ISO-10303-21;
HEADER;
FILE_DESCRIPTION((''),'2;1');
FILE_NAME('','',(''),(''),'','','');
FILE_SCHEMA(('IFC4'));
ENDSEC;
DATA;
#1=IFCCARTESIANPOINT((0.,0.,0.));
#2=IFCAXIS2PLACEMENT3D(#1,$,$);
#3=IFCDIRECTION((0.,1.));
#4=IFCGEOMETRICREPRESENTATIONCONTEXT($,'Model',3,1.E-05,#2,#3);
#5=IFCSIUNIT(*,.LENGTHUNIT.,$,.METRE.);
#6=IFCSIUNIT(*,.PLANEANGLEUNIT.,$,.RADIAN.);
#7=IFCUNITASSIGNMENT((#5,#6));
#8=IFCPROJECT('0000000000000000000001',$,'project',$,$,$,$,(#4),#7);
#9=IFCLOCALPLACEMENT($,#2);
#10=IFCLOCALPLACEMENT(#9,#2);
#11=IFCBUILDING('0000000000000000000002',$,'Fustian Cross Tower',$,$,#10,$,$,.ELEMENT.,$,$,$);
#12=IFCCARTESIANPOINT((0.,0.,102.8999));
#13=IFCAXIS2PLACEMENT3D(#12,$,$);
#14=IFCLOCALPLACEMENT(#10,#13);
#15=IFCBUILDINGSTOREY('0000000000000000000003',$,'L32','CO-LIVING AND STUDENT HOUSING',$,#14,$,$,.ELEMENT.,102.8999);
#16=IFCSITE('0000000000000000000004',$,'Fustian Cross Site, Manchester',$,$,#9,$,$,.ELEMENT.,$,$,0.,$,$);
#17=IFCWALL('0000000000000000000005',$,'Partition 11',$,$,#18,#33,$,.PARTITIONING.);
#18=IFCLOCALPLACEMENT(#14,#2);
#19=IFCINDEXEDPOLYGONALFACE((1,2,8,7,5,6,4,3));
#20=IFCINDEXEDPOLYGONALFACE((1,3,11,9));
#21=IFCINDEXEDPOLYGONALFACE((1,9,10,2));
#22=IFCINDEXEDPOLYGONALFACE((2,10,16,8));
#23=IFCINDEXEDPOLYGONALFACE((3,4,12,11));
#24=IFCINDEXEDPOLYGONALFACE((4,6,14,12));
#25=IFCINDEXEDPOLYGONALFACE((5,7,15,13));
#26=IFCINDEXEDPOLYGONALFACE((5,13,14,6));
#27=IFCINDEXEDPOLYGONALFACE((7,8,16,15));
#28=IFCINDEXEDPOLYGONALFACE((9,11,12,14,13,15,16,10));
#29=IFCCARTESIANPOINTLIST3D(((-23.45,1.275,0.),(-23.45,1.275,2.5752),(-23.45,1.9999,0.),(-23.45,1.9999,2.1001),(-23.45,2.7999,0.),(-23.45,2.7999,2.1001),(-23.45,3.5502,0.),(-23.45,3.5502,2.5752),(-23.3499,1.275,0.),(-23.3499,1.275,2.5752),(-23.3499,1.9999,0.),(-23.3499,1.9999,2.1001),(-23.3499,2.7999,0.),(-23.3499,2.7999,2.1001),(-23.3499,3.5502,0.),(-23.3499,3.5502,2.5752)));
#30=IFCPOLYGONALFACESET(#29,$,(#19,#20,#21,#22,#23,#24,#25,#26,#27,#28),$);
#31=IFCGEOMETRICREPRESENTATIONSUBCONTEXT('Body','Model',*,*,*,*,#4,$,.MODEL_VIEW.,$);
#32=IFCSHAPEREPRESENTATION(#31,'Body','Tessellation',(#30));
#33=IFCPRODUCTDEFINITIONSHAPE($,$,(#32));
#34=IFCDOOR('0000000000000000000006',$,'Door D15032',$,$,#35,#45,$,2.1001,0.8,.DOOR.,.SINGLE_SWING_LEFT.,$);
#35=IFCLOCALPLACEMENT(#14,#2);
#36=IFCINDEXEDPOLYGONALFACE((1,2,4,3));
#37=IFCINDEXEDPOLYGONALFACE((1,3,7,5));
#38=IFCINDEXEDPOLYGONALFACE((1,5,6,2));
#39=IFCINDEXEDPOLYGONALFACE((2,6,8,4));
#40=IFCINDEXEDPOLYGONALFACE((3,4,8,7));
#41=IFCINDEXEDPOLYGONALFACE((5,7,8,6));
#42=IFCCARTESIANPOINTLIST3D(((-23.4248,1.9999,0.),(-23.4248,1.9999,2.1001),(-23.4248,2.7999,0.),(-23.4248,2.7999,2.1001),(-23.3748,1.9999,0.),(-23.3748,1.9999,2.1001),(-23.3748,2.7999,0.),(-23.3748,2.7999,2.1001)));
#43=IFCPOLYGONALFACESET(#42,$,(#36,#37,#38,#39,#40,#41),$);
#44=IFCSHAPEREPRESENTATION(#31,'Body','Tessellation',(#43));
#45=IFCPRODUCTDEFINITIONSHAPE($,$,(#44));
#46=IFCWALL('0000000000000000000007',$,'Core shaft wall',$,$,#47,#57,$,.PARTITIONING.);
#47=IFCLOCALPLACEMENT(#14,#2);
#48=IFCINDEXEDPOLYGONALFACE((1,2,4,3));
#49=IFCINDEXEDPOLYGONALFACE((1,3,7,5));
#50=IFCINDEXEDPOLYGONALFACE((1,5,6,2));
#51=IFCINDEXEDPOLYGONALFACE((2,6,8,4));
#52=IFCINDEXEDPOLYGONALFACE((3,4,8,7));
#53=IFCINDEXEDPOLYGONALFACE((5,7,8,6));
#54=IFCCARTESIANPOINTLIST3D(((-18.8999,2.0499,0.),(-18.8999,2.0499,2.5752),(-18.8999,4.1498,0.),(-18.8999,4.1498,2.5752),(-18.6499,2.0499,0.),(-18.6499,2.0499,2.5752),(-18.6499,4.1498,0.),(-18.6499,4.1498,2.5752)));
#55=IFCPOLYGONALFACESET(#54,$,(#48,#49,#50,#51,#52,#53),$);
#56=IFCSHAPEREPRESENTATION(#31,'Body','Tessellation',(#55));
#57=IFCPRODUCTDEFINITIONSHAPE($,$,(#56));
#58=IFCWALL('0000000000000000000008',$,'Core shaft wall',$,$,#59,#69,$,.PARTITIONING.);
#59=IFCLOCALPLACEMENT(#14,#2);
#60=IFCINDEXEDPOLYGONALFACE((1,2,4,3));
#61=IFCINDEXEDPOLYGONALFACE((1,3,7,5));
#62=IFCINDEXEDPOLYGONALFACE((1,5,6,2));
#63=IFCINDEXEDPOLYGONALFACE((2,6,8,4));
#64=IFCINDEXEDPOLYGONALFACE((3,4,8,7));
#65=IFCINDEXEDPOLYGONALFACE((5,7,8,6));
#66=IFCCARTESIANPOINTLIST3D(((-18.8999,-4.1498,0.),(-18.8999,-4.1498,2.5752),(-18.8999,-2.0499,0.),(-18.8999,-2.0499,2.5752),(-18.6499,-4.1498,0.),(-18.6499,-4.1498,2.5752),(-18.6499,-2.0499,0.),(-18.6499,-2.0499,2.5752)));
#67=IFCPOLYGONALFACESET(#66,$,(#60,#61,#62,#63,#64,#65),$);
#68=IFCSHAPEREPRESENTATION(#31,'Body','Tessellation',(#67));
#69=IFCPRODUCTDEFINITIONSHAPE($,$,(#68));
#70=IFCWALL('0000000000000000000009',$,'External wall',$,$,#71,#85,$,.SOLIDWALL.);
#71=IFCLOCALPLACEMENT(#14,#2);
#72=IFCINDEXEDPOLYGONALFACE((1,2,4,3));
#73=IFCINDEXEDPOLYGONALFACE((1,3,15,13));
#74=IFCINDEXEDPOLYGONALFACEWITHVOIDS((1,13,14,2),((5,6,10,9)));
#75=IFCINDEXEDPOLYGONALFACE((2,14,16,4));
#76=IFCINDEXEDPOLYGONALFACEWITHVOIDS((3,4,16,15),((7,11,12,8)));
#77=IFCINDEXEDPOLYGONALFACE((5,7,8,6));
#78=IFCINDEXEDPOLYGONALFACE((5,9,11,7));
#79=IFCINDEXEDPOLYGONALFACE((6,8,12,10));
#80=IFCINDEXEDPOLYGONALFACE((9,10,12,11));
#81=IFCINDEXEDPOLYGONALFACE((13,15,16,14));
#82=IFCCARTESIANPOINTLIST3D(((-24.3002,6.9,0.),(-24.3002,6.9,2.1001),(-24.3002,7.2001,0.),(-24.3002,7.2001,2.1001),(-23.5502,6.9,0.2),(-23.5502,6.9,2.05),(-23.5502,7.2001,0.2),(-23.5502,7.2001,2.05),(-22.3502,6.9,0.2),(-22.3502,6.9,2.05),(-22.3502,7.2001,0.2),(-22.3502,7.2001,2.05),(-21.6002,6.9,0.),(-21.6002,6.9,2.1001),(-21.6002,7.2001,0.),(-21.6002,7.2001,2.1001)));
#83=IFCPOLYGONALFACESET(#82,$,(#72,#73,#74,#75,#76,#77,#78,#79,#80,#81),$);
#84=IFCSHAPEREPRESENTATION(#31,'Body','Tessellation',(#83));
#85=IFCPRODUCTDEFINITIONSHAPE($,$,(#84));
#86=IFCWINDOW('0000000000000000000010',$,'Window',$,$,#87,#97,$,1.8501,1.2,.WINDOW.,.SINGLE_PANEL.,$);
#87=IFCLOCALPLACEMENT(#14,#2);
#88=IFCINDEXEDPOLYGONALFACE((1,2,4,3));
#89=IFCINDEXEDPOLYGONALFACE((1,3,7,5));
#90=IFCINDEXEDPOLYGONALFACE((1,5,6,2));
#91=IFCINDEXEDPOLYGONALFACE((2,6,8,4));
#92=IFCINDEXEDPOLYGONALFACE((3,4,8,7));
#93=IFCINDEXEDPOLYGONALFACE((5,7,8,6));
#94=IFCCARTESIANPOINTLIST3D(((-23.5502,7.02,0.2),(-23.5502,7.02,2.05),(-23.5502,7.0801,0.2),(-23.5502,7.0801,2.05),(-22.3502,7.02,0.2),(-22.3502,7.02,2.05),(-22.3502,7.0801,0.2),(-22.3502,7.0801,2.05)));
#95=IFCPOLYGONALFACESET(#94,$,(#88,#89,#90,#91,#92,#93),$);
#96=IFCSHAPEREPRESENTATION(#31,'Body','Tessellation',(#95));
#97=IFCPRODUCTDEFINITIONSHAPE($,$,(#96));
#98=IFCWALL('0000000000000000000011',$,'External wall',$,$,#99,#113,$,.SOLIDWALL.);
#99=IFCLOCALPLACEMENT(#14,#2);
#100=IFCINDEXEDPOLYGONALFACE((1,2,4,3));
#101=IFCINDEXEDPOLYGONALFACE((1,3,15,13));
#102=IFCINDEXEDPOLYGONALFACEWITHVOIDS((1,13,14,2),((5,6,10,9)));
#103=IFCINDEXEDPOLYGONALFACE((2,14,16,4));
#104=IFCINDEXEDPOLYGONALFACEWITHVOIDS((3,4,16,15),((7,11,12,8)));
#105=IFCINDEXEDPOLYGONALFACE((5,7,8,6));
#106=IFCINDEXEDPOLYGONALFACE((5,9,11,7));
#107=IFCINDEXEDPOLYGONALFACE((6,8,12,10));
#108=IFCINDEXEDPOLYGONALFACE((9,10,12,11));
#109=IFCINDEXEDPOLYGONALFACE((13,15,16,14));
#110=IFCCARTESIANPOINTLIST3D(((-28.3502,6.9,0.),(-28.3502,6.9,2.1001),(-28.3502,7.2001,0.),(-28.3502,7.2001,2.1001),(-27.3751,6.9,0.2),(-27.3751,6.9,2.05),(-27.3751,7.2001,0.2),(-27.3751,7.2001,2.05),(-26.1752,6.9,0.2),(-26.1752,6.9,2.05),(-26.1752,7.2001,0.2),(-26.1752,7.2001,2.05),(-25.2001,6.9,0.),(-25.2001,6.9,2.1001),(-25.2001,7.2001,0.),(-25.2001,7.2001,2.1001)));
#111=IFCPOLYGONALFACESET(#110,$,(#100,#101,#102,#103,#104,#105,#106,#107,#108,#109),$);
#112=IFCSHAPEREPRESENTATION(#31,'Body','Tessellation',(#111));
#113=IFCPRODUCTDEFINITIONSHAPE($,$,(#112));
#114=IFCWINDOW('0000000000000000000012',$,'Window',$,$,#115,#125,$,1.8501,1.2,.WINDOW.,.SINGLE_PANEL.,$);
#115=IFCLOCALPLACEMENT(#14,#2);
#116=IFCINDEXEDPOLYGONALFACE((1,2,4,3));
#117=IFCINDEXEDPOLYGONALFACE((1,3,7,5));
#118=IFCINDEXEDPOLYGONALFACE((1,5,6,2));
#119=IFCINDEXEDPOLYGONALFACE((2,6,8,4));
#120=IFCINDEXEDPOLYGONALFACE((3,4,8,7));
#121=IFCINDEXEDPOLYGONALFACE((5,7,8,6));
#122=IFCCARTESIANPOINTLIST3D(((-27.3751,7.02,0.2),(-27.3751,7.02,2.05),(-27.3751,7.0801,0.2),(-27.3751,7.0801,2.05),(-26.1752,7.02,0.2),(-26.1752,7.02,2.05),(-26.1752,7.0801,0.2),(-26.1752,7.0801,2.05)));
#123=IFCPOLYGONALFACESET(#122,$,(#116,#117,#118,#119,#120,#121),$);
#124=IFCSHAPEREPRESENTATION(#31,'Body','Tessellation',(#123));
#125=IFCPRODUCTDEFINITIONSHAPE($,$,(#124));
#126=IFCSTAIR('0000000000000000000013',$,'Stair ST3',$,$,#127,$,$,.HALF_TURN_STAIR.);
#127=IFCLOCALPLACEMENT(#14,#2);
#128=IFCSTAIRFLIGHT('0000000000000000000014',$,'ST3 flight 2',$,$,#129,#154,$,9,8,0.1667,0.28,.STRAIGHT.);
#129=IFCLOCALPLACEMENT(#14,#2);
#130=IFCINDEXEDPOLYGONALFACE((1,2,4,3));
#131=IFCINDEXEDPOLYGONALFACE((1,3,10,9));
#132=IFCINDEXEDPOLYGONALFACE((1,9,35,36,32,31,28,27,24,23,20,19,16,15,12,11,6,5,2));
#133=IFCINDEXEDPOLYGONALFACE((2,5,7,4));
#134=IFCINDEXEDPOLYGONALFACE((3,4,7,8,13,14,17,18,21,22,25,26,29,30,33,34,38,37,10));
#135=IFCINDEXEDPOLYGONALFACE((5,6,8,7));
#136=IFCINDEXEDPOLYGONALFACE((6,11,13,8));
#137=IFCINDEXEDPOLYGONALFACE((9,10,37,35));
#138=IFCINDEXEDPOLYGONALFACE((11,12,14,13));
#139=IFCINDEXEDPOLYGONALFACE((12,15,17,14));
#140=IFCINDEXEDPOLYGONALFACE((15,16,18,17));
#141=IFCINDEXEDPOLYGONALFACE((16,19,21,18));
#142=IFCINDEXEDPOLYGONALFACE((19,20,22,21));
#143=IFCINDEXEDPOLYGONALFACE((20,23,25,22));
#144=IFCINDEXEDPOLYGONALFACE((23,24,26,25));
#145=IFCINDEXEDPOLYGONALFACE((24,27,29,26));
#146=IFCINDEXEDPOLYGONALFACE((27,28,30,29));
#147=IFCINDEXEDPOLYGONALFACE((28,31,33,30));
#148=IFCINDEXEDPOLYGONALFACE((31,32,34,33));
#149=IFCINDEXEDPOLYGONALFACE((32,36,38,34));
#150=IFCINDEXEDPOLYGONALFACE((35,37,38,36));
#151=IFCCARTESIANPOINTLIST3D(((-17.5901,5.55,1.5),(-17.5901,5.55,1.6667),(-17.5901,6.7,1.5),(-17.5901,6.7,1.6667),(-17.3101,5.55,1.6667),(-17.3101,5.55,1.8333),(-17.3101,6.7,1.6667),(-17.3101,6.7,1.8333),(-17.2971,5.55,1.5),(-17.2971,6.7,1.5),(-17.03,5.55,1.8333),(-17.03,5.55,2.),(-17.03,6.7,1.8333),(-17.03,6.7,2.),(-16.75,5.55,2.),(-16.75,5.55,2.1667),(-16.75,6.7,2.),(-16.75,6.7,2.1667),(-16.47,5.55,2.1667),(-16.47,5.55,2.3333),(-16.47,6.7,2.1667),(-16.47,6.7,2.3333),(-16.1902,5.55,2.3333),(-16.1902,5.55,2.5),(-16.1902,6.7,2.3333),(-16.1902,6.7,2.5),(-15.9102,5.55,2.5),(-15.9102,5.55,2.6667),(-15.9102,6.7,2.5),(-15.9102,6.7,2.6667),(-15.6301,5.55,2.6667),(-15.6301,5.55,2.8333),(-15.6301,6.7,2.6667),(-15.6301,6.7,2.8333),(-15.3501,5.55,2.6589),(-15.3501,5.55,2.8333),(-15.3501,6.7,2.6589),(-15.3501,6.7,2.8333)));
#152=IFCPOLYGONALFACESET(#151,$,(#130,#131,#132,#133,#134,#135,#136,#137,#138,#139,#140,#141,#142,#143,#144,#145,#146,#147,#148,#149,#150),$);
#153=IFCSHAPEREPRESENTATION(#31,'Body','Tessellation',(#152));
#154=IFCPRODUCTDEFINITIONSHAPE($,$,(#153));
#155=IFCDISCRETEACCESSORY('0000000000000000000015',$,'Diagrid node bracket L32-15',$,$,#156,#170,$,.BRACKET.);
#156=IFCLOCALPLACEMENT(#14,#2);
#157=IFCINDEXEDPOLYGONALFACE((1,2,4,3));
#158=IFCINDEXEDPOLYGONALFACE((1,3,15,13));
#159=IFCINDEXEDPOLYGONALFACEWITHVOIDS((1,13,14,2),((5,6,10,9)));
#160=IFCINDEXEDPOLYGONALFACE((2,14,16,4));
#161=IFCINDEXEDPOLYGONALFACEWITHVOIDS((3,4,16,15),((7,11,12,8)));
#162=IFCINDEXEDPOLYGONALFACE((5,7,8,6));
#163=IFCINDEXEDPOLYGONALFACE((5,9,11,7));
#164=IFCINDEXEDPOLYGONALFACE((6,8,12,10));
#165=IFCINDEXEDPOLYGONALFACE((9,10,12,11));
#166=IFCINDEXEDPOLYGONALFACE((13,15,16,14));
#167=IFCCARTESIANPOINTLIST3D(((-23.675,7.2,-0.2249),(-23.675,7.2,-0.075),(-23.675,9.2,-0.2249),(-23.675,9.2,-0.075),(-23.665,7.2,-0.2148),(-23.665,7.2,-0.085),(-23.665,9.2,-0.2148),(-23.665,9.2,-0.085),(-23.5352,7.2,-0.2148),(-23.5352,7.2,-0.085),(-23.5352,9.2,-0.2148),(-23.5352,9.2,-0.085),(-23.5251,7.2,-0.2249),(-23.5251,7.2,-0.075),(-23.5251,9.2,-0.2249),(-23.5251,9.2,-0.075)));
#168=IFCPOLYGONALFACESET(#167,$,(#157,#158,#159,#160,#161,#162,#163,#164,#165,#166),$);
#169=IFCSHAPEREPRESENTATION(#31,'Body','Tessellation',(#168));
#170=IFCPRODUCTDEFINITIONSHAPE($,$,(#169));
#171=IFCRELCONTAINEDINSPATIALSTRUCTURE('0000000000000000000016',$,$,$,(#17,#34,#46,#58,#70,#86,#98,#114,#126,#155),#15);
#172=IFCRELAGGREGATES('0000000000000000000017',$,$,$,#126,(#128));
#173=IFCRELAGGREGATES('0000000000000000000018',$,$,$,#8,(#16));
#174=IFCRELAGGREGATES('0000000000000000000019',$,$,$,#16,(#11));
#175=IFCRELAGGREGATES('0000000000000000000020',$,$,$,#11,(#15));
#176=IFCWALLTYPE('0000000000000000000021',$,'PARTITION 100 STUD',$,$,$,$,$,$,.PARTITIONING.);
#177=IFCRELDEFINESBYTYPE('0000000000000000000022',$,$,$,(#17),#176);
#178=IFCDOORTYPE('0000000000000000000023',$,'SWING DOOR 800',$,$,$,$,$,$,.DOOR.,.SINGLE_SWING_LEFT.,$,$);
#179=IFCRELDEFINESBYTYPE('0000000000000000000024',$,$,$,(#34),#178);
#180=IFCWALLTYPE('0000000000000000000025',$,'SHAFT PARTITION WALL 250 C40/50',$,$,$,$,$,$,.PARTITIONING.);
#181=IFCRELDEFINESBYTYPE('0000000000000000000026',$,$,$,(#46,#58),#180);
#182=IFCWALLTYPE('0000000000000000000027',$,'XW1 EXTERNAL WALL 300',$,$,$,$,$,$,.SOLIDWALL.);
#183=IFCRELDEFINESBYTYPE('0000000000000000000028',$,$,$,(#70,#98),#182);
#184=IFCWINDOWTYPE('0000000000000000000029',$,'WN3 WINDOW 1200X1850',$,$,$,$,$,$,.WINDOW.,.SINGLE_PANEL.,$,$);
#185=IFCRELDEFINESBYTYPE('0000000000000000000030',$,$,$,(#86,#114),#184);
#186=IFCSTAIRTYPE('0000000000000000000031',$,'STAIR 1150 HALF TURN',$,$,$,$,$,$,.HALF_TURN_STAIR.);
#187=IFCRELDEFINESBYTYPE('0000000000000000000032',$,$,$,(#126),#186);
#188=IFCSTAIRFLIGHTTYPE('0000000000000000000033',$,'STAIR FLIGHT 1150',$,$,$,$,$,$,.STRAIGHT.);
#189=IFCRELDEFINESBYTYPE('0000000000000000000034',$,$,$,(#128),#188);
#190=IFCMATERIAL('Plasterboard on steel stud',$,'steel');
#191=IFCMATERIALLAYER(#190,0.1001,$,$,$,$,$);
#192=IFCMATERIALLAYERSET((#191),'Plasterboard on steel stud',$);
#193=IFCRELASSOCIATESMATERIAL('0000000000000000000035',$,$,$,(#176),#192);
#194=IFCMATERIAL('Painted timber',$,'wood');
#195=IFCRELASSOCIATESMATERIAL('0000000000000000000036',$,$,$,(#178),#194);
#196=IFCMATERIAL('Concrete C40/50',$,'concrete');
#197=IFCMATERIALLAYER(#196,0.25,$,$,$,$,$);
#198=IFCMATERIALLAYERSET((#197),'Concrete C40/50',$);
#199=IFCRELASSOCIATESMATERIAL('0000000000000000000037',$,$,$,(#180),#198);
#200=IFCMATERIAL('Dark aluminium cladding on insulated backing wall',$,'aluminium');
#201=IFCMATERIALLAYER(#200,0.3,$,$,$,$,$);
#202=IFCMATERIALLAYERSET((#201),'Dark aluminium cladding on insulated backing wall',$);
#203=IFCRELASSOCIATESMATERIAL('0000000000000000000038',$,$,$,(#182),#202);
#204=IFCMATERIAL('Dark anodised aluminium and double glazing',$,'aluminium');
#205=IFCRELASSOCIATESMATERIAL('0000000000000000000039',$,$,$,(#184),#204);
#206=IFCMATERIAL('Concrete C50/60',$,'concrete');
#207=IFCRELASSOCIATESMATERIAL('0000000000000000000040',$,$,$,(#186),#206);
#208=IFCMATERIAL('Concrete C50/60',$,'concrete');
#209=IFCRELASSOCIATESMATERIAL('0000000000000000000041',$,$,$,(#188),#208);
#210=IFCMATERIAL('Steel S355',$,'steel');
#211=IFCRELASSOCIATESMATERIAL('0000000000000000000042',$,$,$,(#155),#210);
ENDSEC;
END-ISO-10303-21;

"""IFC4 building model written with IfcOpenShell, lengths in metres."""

from ifc_helpers import new_model, si_unit, direction, frame, frame_2d, origin, origin_2d, place, context, subcontext, project, spatial, polyline, rectangle, hollow_rectangle, outline, extrude, material, layer, layer_set, type_object, element, fill, aggregate, save


model = new_model("IFC4")

# Units and contexts
model_context = context("Model", 3, precision=1e-05, world=origin(), true_north=direction((0.0, 1.0)))
body_context = subcontext(model_context, "Body", "Model", "MODEL_VIEW")
ifc_project = project(units=[si_unit("LENGTHUNIT", "METRE"), si_unit("PLANEANGLEUNIT", "RADIAN")], contexts=[model_context])

# Site, building, storey
site_placement = place(None, origin())
site = spatial("IfcSite", under=ifc_project, at=site_placement, Name="Fustian Cross Site, Manchester", CompositionType="ELEMENT", RefElevation=0.0)
building_placement = place(site_placement, origin())
building = spatial("IfcBuilding", under=site, at=building_placement, Name="Fustian Cross Tower", CompositionType="ELEMENT")
storey_placement = place(building_placement, frame((0.0, 0.0, 102.8999)))
storey = spatial("IfcBuildingStorey", under=building, at=storey_placement, Name="L32", Description="CO-LIVING AND STUDENT HOUSING", CompositionType="ELEMENT", Elevation=102.8999)

# Shared definitions
ifc_material_1 = material(Name="Plasterboard on steel stud", Category="steel")
ifc_layer_1 = layer(ifc_material_1, 0.1001)
ifc_layer_set_1 = layer_set([ifc_layer_1], Name="Plasterboard on steel stud")
wall_type_1 = type_object("IfcWallType", Name="PARTITION 100 STUD", PredefinedType="PARTITIONING", material=ifc_layer_set_1)

# Wall, opening, door
wall_1_placement = place(storey_placement, frame((-23.3999, 1.2749, 0.0), z_axis=(0.0, 0.0, 1.0), x_axis=(0.0, 1.0, 0.0)))
wall_1 = element("IfcWall", 1, at=wall_1_placement, inside=storey, type_object=wall_type_1, Name="Partition 11", PredefinedType="PARTITIONING", context=body_context, shape_type="SweptSolid", body=[
    extrude(rectangle(XDim=2.2751, YDim=0.1001, at=frame_2d((1.1377, 0.0))), origin(), (0.0, 0.0, 1.0), 2.5752),
])
opening_1_placement = place(wall_1_placement, frame((0.7251, 0.0, 0.0)))
opening_1 = element("IfcOpeningElement", 2, at=opening_1_placement, cuts=wall_1, PredefinedType="OPENING", context=body_context, shape_type="SweptSolid", body=[
    extrude(rectangle(XDim=0.8, YDim=2.1001, at=frame_2d((0.3999, 1.05))), frame((0.0, 0.0601, 0.0), z_axis=(0.0, -1.0, 0.0), x_axis=(1.0, 0.0, 0.0)), (0.0, 0.0, 1.0), 0.1201),
])
ifc_material_2 = material(Name="Painted timber", Category="wood")
door_type = type_object("IfcDoorType", Name="SWING DOOR 800", OperationType="SINGLE_SWING_LEFT", PredefinedType="DOOR", material=ifc_material_2)
door_placement = place(opening_1_placement, origin())
door = element("IfcDoor", 3, at=door_placement, inside=storey, type_object=door_type, Name="Door D15032", OperationType="SINGLE_SWING_LEFT", OverallHeight=2.1001, OverallWidth=0.8, PredefinedType="DOOR", context=body_context, shape_type="SweptSolid", body=[
    extrude(rectangle(XDim=0.8, YDim=2.1001, at=frame_2d((0.3999, 1.05))), frame((0.0, 0.0249, 0.0), z_axis=(0.0, -1.0, 0.0), x_axis=(1.0, 0.0, 0.0)), (0.0, 0.0, 1.0), 0.05),
])
fill(opening_1, door)

# Walls
ifc_material_3 = material(Name="Concrete C40/50", Category="concrete")
ifc_layer_2 = layer(ifc_material_3, 0.25)
ifc_layer_set_2 = layer_set([ifc_layer_2], Name="Concrete C40/50")
wall_type_2 = type_object("IfcWallType", Name="SHAFT PARTITION WALL 250 C40/50", PredefinedType="PARTITIONING", material=ifc_layer_set_2)
for number, where, z_axis, x_axis, name in (
    (4, (-18.7749, 2.05, 0.0), (0.0, 0.0, 1.0), (0.0, 1.0, 0.0), "Core shaft wall"),
    (5, (-18.7749, -2.05, 0.0), (0.0, 0.0, 1.0), (0.0, -1.0, 0.0), "Core shaft wall"),
):
    element("IfcWall", number, at=place(storey_placement, frame(where, z_axis=z_axis, x_axis=x_axis)), inside=storey, type_object=wall_type_2, Name=name, PredefinedType="PARTITIONING", context=body_context, shape_type="SweptSolid", body=[
        extrude(rectangle(XDim=2.0999, YDim=0.25, at=frame_2d((1.0498, 0.0))), origin(), (0.0, 0.0, 1.0), 2.5752),
    ])

# Walls, openings, windows
ifc_material_4 = material(Name="Dark aluminium cladding on insulated backing wall", Category="aluminium")
ifc_layer_3 = layer(ifc_material_4, 0.3)
ifc_layer_set_3 = layer_set([ifc_layer_3], Name="Dark aluminium cladding on insulated backing wall")
wall_type_3 = type_object("IfcWallType", Name="XW1 EXTERNAL WALL 300", PredefinedType="SOLIDWALL", material=ifc_layer_set_3)
wall_2_placement = place(storey_placement, frame((-21.6001, 7.05, 0.0), z_axis=(0.0, 0.0, 1.0), x_axis=(-1.0, 0.0, 0.0)))
wall_2 = element("IfcWall", 6, at=wall_2_placement, inside=storey, type_object=wall_type_3, Name="External wall", PredefinedType="SOLIDWALL", context=body_context, shape_type="SweptSolid", body=[
    extrude(rectangle(XDim=2.7, YDim=0.3, at=frame_2d((1.3501, 0.0))), origin(), (0.0, 0.0, 1.0), 2.1001),
])
opening_2_placement = place(wall_2_placement, frame((0.75, 0.0, 0.2)))
opening_2 = element("IfcOpeningElement", 7, at=opening_2_placement, cuts=wall_2, PredefinedType="OPENING", context=body_context, shape_type="SweptSolid", body=[
    extrude(rectangle(XDim=1.2, YDim=1.8501, at=frame_2d((0.6001, 0.925))), frame((0.0, 0.1599, 0.0), z_axis=(0.0, -1.0, 0.0), x_axis=(1.0, 0.0, 0.0)), (0.0, 0.0, 1.0), 0.3201),
])
ifc_material_5 = material(Name="Dark anodised aluminium and double glazing", Category="aluminium")
window_type = type_object("IfcWindowType", Name="WN3 WINDOW 1200X1850", PartitioningType="SINGLE_PANEL", PredefinedType="WINDOW", material=ifc_material_5)
window_1_placement = place(opening_2_placement, origin())
window_1 = element("IfcWindow", 8, at=window_1_placement, inside=storey, type_object=window_type, Name="Window", OverallHeight=1.8501, OverallWidth=1.2, PartitioningType="SINGLE_PANEL", PredefinedType="WINDOW", context=body_context, shape_type="SweptSolid", body=[
    extrude(rectangle(XDim=1.2, YDim=1.8501, at=frame_2d((0.6001, 0.925))), frame((0.0, 0.03, 0.0), z_axis=(0.0, -1.0, 0.0), x_axis=(1.0, 0.0, 0.0)), (0.0, 0.0, 1.0), 0.0601),
])
fill(opening_2, window_1)
wall_3_placement = place(storey_placement, frame((-25.2, 7.05, 0.0), z_axis=(0.0, 0.0, 1.0), x_axis=(-1.0, 0.0, 0.0)))
wall_3 = element("IfcWall", 9, at=wall_3_placement, inside=storey, type_object=wall_type_3, Name="External wall", PredefinedType="SOLIDWALL", context=body_context, shape_type="SweptSolid", body=[
    extrude(rectangle(XDim=3.1501, YDim=0.3, at=frame_2d((1.5752, 0.0))), origin(), (0.0, 0.0, 1.0), 2.1001),
])
opening_3_placement = place(wall_3_placement, frame((0.9751, 0.0, 0.2)))
opening_3 = element("IfcOpeningElement", 10, at=opening_3_placement, cuts=wall_3, PredefinedType="OPENING", context=body_context, shape_type="SweptSolid", body=[
    extrude(rectangle(XDim=1.2, YDim=1.8501, at=frame_2d((0.6001, 0.925))), frame((0.0, 0.1599, 0.0), z_axis=(0.0, -1.0, 0.0), x_axis=(1.0, 0.0, 0.0)), (0.0, 0.0, 1.0), 0.3201),
])
window_2_placement = place(opening_3_placement, origin())
window_2 = element("IfcWindow", 11, at=window_2_placement, inside=storey, type_object=window_type, Name="Window", OverallHeight=1.8501, OverallWidth=1.2, PartitioningType="SINGLE_PANEL", PredefinedType="WINDOW", context=body_context, shape_type="SweptSolid", body=[
    extrude(rectangle(XDim=1.2, YDim=1.8501, at=frame_2d((0.6001, 0.925))), frame((0.0, 0.03, 0.0), z_axis=(0.0, -1.0, 0.0), x_axis=(1.0, 0.0, 0.0)), (0.0, 0.0, 1.0), 0.0601),
])
fill(opening_3, window_2)

# Stair, stair flight
ifc_material_6 = material(Name="Concrete C50/60", Category="concrete")
stair_type = type_object("IfcStairType", Name="STAIR 1150 HALF TURN", PredefinedType="HALF_TURN_STAIR", material=ifc_material_6)
stair_placement = place(storey_placement, origin())
stair = element("IfcStair", 12, at=stair_placement, inside=storey, type_object=stair_type, Name="Stair ST3", PredefinedType="HALF_TURN_STAIR")
ifc_material_7 = material(Name="Concrete C50/60", Category="concrete")
stair_flight_type = type_object("IfcStairFlightType", Name="STAIR FLIGHT 1150", PredefinedType="STRAIGHT", material=ifc_material_7)
stair_flight_placement = place(storey_placement, frame((-17.5901, 6.125, 1.5), z_axis=(0.0, 0.0, 1.0), x_axis=(1.0, 0.0, 0.0)))
stair_flight = element("IfcStairFlight", 13, at=stair_flight_placement, type_object=stair_flight_type, Name="ST3 flight 2", NumberOfRisers=9, NumberOfTreads=8, PredefinedType="STRAIGHT", RiserHeight=0.1667, TreadLength=0.28, context=body_context, shape_type="SweptSolid", body=[
    extrude(outline(polyline([(0.0, 0.0), (0.0, 0.1667), (0.28, 0.1667), (0.28, 0.3333), (0.5601, 0.3333), (0.5601, 0.5), (0.8401, 0.5), (0.8401, 0.6667), (1.1201, 0.6667), (1.1201, 0.8333), (1.3999, 0.8333), (1.3999, 1.0), (1.6799, 1.0), (1.6799, 1.1667), (1.96, 1.1667), (1.96, 1.3333), (2.24, 1.3333), (2.24, 1.5), (2.24, 1.1589), (0.293, 0.0), (0.0, 0.0)])), frame((0.0, 0.575, 0.0), z_axis=(0.0, -1.0, 0.0), x_axis=(1.0, 0.0, 0.0)), (0.0, 0.0, 1.0), 1.1499),
])
aggregate(stair, [stair_flight])

# Discrete accessory
ifc_material_8 = material(Name="Steel S355", Category="steel")
discrete_accessory_placement = place(storey_placement, frame((-23.6001, 9.2, -0.1499), z_axis=(0.0, -1.0, 0.0), x_axis=(1.0, 0.0, 0.0)))
element("IfcDiscreteAccessory", 14, at=discrete_accessory_placement, inside=storey, material=ifc_material_8, Name="Diagrid node bracket L32-15", PredefinedType="BRACKET", context=body_context, shape_type="SweptSolid", body=[
    extrude(hollow_rectangle(XDim=0.1499, YDim=0.1499, WallThickness=0.01, at=origin_2d()), origin(), (0.0, 0.0, 1.0), 2.0),
])

save(model, "model.ifc")
